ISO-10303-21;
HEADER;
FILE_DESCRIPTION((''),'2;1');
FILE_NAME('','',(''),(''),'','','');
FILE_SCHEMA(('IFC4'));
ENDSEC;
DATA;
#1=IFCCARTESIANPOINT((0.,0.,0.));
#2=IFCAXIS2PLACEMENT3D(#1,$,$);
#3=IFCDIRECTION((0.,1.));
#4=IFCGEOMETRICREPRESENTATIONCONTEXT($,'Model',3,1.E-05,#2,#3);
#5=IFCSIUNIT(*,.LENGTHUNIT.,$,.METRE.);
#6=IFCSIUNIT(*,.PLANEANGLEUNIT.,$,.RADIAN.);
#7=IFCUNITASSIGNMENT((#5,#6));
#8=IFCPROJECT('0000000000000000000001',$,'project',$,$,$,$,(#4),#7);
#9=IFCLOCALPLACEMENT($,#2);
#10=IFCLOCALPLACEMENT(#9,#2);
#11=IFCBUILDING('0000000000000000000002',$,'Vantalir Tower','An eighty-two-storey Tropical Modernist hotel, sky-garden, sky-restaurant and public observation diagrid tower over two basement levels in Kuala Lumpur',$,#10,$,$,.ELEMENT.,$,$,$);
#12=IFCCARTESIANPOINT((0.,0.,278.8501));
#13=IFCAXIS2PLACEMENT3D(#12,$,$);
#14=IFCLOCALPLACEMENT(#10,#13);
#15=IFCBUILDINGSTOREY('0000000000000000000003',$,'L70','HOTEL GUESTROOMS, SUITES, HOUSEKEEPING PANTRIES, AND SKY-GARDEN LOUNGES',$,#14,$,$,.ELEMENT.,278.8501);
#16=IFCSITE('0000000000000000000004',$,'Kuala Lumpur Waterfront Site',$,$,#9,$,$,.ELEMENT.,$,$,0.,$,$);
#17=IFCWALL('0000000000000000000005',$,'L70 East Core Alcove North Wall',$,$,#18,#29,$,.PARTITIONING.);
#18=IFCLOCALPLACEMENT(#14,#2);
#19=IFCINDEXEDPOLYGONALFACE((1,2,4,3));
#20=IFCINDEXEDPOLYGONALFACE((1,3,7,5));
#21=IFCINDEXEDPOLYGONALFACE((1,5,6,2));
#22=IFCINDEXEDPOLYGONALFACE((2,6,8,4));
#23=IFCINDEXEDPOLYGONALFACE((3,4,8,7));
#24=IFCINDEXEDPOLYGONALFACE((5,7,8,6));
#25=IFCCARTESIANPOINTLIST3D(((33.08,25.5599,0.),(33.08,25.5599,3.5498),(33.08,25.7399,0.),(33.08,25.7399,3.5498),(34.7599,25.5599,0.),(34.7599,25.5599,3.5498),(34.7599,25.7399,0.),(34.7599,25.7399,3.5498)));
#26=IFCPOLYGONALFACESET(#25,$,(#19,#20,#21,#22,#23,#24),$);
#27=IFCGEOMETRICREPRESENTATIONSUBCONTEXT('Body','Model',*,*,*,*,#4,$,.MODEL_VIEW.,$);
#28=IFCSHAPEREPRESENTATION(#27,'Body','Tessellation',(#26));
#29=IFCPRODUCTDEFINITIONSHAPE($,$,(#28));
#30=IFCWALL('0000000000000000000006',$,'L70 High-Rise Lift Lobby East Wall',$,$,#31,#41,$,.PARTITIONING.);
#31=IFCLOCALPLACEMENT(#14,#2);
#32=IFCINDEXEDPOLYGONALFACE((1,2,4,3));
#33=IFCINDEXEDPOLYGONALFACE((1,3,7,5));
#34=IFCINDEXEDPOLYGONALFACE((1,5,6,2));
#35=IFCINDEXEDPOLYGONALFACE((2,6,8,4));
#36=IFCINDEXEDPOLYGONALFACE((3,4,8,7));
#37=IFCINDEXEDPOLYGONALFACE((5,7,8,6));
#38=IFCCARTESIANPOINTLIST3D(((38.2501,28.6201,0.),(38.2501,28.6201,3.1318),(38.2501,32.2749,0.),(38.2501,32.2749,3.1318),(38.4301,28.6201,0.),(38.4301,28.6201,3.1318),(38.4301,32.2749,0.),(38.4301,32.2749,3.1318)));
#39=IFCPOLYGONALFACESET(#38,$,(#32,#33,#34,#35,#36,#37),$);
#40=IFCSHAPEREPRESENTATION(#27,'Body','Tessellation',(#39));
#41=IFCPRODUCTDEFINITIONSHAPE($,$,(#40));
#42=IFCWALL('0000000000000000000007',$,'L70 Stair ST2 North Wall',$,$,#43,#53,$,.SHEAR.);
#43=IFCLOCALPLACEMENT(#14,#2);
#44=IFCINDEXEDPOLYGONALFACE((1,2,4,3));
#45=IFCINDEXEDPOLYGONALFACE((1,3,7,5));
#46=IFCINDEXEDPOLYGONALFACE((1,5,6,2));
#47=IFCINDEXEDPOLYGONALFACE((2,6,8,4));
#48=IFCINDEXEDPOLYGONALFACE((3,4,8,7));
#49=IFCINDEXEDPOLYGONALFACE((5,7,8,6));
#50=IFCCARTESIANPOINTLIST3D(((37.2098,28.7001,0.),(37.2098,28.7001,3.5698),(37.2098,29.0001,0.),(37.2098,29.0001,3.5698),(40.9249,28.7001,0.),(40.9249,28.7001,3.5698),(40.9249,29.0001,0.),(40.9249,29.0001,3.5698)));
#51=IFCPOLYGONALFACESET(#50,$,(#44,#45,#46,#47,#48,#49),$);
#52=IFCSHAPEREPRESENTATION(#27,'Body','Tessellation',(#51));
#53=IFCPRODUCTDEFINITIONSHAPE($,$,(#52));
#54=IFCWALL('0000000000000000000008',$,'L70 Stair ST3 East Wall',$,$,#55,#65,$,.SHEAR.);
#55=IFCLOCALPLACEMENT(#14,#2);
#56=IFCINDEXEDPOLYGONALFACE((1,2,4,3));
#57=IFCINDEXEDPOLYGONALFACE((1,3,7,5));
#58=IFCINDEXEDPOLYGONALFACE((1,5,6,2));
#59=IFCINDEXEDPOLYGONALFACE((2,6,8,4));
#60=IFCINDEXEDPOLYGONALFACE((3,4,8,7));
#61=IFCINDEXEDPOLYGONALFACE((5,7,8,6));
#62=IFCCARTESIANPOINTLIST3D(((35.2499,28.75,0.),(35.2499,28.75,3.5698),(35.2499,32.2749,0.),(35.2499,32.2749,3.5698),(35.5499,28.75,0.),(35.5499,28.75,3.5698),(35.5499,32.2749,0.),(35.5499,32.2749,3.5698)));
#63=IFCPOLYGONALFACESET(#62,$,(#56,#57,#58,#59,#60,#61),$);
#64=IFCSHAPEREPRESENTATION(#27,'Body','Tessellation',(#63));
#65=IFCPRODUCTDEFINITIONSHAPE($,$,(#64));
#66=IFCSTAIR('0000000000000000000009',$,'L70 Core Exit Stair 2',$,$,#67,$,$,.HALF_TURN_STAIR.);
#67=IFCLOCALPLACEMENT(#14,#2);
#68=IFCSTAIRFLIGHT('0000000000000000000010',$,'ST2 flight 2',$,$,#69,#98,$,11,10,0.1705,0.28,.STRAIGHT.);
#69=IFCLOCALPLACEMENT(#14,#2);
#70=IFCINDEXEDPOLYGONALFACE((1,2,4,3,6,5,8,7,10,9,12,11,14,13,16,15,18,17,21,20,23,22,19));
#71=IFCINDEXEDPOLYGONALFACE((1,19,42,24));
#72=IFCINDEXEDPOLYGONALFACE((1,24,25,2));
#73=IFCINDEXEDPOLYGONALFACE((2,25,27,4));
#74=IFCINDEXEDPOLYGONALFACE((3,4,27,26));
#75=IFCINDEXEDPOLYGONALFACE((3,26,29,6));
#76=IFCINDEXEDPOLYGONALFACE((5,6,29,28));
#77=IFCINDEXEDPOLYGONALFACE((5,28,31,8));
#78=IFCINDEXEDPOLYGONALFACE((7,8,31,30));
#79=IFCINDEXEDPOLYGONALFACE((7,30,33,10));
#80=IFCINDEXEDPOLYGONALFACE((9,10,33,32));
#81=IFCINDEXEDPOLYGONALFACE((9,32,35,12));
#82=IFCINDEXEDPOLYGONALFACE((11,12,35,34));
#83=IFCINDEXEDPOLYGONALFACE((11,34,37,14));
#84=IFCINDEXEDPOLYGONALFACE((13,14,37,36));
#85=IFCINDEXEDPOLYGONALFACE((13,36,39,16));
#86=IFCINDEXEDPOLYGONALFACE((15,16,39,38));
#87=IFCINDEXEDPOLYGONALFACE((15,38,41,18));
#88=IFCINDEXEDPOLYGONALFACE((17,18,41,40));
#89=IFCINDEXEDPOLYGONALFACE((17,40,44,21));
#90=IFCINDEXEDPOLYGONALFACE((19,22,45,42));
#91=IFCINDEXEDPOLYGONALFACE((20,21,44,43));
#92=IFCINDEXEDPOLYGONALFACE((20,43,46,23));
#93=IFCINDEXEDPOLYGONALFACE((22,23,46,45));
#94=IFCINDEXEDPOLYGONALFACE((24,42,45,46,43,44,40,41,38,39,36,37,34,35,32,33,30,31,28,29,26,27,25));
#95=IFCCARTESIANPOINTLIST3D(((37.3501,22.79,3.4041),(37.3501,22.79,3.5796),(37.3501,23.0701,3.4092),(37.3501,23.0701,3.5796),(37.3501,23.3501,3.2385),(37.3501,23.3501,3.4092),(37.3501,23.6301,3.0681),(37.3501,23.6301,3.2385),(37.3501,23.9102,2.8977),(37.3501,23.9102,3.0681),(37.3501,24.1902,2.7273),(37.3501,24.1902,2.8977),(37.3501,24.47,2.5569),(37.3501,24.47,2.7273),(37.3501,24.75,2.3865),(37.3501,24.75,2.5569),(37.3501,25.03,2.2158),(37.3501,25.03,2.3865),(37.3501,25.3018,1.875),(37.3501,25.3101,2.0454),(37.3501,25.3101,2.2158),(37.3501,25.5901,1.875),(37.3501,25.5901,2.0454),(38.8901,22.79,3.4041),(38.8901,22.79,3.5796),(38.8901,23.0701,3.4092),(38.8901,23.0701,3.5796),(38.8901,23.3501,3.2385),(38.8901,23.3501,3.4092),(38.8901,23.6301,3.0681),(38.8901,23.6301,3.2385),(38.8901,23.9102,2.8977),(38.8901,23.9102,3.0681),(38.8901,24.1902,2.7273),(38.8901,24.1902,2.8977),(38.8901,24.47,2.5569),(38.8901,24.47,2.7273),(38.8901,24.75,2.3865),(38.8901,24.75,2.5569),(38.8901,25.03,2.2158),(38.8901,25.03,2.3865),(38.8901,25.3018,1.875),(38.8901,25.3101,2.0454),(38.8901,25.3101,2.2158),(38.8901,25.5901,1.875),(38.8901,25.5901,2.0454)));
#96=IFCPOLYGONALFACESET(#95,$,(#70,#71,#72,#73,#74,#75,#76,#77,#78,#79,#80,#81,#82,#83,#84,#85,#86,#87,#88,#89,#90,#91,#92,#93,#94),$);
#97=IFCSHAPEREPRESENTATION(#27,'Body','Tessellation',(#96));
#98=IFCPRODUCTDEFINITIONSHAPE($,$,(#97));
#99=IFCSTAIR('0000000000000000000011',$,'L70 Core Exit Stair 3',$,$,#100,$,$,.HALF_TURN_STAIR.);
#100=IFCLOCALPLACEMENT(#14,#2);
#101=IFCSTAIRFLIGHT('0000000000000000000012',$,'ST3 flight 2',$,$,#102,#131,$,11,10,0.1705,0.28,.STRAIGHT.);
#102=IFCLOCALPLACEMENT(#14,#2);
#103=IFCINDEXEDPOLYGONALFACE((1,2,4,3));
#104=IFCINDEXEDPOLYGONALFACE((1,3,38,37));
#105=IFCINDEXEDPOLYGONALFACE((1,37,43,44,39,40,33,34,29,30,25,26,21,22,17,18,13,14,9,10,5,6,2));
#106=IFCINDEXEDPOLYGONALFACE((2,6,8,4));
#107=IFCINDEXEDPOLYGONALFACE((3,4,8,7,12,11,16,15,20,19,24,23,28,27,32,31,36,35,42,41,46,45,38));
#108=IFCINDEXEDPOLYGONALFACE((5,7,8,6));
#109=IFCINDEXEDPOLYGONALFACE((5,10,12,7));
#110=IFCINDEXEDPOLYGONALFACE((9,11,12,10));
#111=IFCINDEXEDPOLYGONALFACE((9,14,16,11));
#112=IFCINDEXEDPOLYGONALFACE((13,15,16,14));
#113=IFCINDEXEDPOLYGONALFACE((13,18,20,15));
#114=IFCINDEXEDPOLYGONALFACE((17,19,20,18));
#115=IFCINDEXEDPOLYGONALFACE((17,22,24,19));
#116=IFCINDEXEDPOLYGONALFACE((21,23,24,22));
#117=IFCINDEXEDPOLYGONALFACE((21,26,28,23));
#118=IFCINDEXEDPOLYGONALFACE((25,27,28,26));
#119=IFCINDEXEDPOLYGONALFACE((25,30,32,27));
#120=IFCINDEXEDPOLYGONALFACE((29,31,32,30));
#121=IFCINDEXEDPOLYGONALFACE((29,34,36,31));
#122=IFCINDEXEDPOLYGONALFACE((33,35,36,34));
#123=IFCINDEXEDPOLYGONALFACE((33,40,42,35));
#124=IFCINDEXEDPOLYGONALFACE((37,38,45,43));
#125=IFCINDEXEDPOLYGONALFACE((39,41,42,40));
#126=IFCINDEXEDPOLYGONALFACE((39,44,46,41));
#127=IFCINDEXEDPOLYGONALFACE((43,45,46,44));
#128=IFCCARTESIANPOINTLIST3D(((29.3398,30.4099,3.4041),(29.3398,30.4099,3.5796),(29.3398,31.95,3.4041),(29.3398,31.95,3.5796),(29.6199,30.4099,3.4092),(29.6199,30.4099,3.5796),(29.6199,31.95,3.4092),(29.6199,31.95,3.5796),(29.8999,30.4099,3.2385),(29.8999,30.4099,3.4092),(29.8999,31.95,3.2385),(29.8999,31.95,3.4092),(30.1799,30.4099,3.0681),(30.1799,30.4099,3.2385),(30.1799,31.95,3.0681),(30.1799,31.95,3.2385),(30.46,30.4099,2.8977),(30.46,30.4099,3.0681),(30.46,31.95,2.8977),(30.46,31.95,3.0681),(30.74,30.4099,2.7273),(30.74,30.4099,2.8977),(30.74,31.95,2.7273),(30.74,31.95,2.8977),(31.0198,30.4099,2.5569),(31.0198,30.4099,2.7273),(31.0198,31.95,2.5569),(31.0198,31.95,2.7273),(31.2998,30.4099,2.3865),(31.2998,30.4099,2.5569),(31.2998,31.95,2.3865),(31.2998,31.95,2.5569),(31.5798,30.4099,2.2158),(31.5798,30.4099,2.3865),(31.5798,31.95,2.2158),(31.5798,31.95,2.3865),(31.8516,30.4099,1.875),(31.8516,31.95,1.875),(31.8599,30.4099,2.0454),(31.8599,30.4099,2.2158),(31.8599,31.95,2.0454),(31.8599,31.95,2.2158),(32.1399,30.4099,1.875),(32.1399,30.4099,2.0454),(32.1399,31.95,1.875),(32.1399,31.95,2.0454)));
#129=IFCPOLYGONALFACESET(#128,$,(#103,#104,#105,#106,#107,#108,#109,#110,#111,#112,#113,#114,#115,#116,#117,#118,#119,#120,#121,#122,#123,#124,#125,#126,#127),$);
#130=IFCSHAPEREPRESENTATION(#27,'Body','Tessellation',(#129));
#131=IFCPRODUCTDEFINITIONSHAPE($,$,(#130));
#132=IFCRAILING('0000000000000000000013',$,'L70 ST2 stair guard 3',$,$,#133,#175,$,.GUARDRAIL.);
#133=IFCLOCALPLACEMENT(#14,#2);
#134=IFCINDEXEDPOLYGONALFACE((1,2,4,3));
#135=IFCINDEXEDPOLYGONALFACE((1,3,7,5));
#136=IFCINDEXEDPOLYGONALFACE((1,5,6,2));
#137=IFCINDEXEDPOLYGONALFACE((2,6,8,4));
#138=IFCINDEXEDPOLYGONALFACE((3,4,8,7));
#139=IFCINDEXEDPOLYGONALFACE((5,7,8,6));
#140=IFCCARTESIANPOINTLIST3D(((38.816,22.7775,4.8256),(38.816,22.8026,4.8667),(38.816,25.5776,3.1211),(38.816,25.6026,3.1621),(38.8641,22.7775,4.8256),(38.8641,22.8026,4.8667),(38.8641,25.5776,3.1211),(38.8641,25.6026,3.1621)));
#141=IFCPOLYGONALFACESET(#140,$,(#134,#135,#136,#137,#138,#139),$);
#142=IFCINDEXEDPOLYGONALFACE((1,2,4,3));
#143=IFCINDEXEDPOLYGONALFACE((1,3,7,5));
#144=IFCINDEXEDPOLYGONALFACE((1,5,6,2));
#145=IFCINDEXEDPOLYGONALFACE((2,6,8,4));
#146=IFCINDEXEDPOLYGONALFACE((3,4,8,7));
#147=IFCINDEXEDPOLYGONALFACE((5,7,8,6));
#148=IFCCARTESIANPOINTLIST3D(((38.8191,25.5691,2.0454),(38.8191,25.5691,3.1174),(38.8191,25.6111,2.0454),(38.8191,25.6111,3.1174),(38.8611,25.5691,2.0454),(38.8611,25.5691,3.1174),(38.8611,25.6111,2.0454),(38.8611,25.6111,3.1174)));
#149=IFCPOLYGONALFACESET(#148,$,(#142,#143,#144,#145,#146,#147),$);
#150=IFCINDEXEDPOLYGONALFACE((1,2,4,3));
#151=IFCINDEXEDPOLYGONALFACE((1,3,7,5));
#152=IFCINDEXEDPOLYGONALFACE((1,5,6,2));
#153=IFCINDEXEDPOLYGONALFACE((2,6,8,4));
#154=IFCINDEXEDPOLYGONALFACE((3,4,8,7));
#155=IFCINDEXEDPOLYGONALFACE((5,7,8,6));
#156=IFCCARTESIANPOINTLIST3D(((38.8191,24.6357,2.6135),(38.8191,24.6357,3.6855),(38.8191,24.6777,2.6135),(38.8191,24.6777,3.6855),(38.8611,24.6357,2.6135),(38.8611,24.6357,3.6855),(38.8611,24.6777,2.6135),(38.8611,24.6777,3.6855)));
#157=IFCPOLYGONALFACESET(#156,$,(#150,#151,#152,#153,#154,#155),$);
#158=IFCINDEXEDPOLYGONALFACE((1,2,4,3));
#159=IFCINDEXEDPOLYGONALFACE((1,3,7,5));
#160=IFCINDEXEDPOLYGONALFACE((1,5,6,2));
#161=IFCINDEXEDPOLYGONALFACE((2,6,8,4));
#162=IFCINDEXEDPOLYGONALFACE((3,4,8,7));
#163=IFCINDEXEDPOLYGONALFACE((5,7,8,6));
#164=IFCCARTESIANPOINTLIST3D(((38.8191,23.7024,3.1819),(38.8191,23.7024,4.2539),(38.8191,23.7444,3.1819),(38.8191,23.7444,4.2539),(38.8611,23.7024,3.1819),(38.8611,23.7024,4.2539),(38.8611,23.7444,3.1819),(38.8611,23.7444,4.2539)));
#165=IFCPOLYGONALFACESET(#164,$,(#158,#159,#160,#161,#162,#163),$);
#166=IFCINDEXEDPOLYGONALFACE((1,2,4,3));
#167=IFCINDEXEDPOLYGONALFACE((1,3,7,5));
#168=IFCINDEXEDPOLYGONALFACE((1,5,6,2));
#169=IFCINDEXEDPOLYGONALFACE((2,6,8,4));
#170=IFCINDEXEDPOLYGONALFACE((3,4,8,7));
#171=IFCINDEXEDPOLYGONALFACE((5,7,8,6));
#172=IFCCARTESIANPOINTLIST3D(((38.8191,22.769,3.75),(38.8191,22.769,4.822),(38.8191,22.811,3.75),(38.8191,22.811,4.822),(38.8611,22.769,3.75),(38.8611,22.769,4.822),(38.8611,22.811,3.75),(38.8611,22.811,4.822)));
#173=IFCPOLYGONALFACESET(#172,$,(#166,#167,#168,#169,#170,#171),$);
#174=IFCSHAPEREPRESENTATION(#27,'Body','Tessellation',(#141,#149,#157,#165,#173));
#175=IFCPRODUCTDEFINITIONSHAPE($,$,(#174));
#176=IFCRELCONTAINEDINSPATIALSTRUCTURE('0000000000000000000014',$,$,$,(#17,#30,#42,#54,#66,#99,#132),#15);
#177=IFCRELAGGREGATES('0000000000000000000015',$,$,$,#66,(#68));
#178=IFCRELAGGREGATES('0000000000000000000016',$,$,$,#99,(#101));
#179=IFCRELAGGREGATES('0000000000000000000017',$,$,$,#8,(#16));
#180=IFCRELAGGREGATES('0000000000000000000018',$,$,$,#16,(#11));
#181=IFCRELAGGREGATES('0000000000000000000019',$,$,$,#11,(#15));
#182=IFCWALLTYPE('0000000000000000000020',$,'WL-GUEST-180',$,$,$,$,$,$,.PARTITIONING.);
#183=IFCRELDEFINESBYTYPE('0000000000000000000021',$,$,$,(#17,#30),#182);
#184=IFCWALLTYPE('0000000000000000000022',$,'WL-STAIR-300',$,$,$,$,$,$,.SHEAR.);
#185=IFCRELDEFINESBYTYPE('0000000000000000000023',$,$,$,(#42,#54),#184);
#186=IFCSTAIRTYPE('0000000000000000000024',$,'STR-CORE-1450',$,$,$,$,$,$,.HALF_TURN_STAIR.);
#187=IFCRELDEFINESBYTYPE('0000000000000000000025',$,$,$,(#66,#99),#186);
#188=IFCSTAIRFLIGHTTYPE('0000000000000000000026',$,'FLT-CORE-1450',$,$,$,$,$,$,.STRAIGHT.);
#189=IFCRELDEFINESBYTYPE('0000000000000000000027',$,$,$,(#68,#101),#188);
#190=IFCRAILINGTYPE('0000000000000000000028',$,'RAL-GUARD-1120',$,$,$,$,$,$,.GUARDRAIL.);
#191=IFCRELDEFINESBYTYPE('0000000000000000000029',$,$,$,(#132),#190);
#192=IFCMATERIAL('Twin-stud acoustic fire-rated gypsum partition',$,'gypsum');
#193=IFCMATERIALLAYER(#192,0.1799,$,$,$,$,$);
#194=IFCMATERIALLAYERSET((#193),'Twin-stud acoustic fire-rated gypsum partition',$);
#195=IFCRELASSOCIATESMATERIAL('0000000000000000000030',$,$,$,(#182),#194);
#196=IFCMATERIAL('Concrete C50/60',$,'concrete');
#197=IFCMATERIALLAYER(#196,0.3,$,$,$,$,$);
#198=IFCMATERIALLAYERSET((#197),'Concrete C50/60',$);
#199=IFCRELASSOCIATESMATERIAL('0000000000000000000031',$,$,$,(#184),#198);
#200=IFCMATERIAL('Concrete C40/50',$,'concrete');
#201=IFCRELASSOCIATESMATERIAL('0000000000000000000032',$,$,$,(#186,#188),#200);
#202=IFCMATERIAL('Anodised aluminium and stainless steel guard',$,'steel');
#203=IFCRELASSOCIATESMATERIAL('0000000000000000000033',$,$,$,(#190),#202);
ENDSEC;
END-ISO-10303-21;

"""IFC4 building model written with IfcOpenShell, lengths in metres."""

from ifc_helpers import new_model, si_unit, direction, frame, frame_2d, origin, origin_2d, place, context, subcontext, project, spatial, polyline, rectangle, outline, extrude, material, layer, layer_set, type_object, element, aggregate, save


model = new_model("IFC4")

# Units and contexts
model_context = context("Model", 3, precision=1e-05, world=origin(), true_north=direction((0.0, 1.0)))
body_context = subcontext(model_context, "Body", "Model", "MODEL_VIEW")
ifc_project = project(units=[si_unit("LENGTHUNIT", "METRE"), si_unit("PLANEANGLEUNIT", "RADIAN")], contexts=[model_context])

# Site, building, storey
site_placement = place(None, origin())
site = spatial("IfcSite", under=ifc_project, at=site_placement, Name="Kuala Lumpur Waterfront Site", CompositionType="ELEMENT", RefElevation=0.0)
building_placement = place(site_placement, origin())
building = spatial("IfcBuilding", under=site, at=building_placement, Name="Vantalir Tower", Description="An eighty-two-storey Tropical Modernist hotel, sky-garden, sky-restaurant and public observation diagrid tower over two basement levels in Kuala Lumpur", CompositionType="ELEMENT")
storey_placement = place(building_placement, frame((0.0, 0.0, 278.8501)))
storey = spatial("IfcBuildingStorey", under=building, at=storey_placement, Name="L70", Description="HOTEL GUESTROOMS, SUITES, HOUSEKEEPING PANTRIES, AND SKY-GARDEN LOUNGES", CompositionType="ELEMENT", Elevation=278.8501)

# Walls
ifc_material_1 = material(Name="Twin-stud acoustic fire-rated gypsum partition", Category="gypsum")
ifc_layer_1 = layer(ifc_material_1, 0.1799)
ifc_layer_set_1 = layer_set([ifc_layer_1], Name="Twin-stud acoustic fire-rated gypsum partition")
wall_type_1 = type_object("IfcWallType", Name="WL-GUEST-180", PredefinedType="PARTITIONING", material=ifc_layer_set_1)
wall_1_placement = place(storey_placement, frame((33.0801, 25.6499, 0.0), z_axis=(0.0, 0.0, 1.0), x_axis=(1.0, 0.0, 0.0)))
element("IfcWall", 1, at=wall_1_placement, inside=storey, type_object=wall_type_1, Name="L70 East Core Alcove North Wall", PredefinedType="PARTITIONING", context=body_context, shape_type="SweptSolid", body=[
    extrude(rectangle(XDim=1.6799, YDim=0.1799, at=frame_2d((0.8398, 0.0))), origin(), (0.0, 0.0, 1.0), 3.5498),
])
wall_2_placement = place(storey_placement, frame((38.3401, 28.6201, 0.0), z_axis=(0.0, 0.0, 1.0), x_axis=(0.0, 1.0, 0.0)))
element("IfcWall", 2, at=wall_2_placement, inside=storey, type_object=wall_type_1, Name="L70 High-Rise Lift Lobby East Wall", PredefinedType="PARTITIONING", context=body_context, shape_type="SweptSolid", body=[
    extrude(rectangle(XDim=3.6548, YDim=0.1799, at=frame_2d((1.8274, 0.0))), origin(), (0.0, 0.0, 1.0), 3.1318),
])
ifc_material_2 = material(Name="Concrete C50/60", Category="concrete")
ifc_layer_2 = layer(ifc_material_2, 0.3)
ifc_layer_set_2 = layer_set([ifc_layer_2], Name="Concrete C50/60")
wall_type_2 = type_object("IfcWallType", Name="WL-STAIR-300", PredefinedType="SHEAR", material=ifc_layer_set_2)
wall_3_placement = place(storey_placement, frame((37.21, 28.8501, 0.0), z_axis=(0.0, 0.0, 1.0), x_axis=(1.0, 0.0, 0.0)))
element("IfcWall", 3, at=wall_3_placement, inside=storey, type_object=wall_type_2, Name="L70 Stair ST2 North Wall", PredefinedType="SHEAR", context=body_context, shape_type="SweptSolid", body=[
    extrude(rectangle(XDim=3.7151, YDim=0.3, at=frame_2d((1.8574, 0.0))), origin(), (0.0, 0.0, 1.0), 3.5698),
])
wall_4_placement = place(storey_placement, frame((35.3999, 28.75, 0.0), z_axis=(0.0, 0.0, 1.0), x_axis=(0.0, 1.0, 0.0)))
element("IfcWall", 4, at=wall_4_placement, inside=storey, type_object=wall_type_2, Name="L70 Stair ST3 East Wall", PredefinedType="SHEAR", context=body_context, shape_type="SweptSolid", body=[
    extrude(rectangle(XDim=3.5249, YDim=0.3, at=frame_2d((1.7625, 0.0))), origin(), (0.0, 0.0, 1.0), 3.5698),
])

# Stairs, stair flights
ifc_material_3 = material(Name="Concrete C40/50", Category="concrete")
stair_type = type_object("IfcStairType", Name="STR-CORE-1450", PredefinedType="HALF_TURN_STAIR", material=ifc_material_3)
stair_1_placement = place(storey_placement, origin())
stair_1 = element("IfcStair", 5, at=stair_1_placement, inside=storey, type_object=stair_type, Name="L70 Core Exit Stair 2", PredefinedType="HALF_TURN_STAIR")
stair_flight_type = type_object("IfcStairFlightType", Name="FLT-CORE-1450", PredefinedType="STRAIGHT", material=ifc_material_3)
stair_flight_1_placement = place(storey_placement, frame((38.1201, 25.5901, 1.875), z_axis=(0.0, 0.0, 1.0), x_axis=(0.0, -1.0, 0.0)))
stair_flight_1 = element("IfcStairFlight", 6, at=stair_flight_1_placement, type_object=stair_flight_type, Name="ST2 flight 2", NumberOfRisers=11, NumberOfTreads=10, PredefinedType="STRAIGHT", RiserHeight=0.1705, TreadLength=0.28, context=body_context, shape_type="SweptSolid", body=[
    extrude(outline(polyline([(0.0, 0.0), (0.0, 0.1704), (0.28, 0.1704), (0.28, 0.3408), (0.5601, 0.3408), (0.5601, 0.5115), (0.8401, 0.5115), (0.8401, 0.6819), (1.1201, 0.6819), (1.1201, 0.8523), (1.3999, 0.8523), (1.3999, 1.0227), (1.6799, 1.0227), (1.6799, 1.1931), (1.96, 1.1931), (1.96, 1.3635), (2.24, 1.3635), (2.24, 1.5342), (2.52, 1.5342), (2.52, 1.7046), (2.8, 1.7046), (2.8, 1.875), (2.8, 1.5291), (0.2883, 0.0), (0.0, 0.0)])), frame((0.0, 0.77, 0.0), z_axis=(0.0, -1.0, 0.0), x_axis=(1.0, 0.0, 0.0)), (0.0, 0.0, 1.0), 1.54),
])
aggregate(stair_1, [stair_flight_1])
stair_2_placement = place(storey_placement, origin())
stair_2 = element("IfcStair", 7, at=stair_2_placement, inside=storey, type_object=stair_type, Name="L70 Core Exit Stair 3", PredefinedType="HALF_TURN_STAIR")
stair_flight_2_placement = place(storey_placement, frame((32.1399, 31.1799, 1.875), z_axis=(0.0, 0.0, 1.0), x_axis=(-1.0, 0.0, 0.0)))
stair_flight_2 = element("IfcStairFlight", 8, at=stair_flight_2_placement, type_object=stair_flight_type, Name="ST3 flight 2", NumberOfRisers=11, NumberOfTreads=10, PredefinedType="STRAIGHT", RiserHeight=0.1705, TreadLength=0.28, context=body_context, shape_type="SweptSolid", body=[
    extrude(outline(polyline([(0.0, 0.0), (0.0, 0.1704), (0.28, 0.1704), (0.28, 0.3408), (0.5601, 0.3408), (0.5601, 0.5115), (0.8401, 0.5115), (0.8401, 0.6819), (1.1201, 0.6819), (1.1201, 0.8523), (1.3999, 0.8523), (1.3999, 1.0227), (1.6799, 1.0227), (1.6799, 1.1931), (1.96, 1.1931), (1.96, 1.3635), (2.24, 1.3635), (2.24, 1.5342), (2.52, 1.5342), (2.52, 1.7046), (2.8, 1.7046), (2.8, 1.875), (2.8, 1.5291), (0.2883, 0.0), (0.0, 0.0)])), frame((0.0, 0.77, 0.0), z_axis=(0.0, -1.0, 0.0), x_axis=(1.0, 0.0, 0.0)), (0.0, 0.0, 1.0), 1.54),
])
aggregate(stair_2, [stair_flight_2])

# Railing
ifc_material_4 = material(Name="Anodised aluminium and stainless steel guard", Category="steel")
railing_type_1 = type_object("IfcRailingType", Name="RAL-GUARD-1120", PredefinedType="GUARDRAIL", material=ifc_material_4)
railing_1_placement = place(storey_placement, frame((38.8401, 25.5901, 2.0454)))
element("IfcRailing", 9, at=railing_1_placement, inside=storey, type_object=railing_type_1, Name="L70 ST2 stair guard 3", PredefinedType="GUARDRAIL", context=body_context, shape_type="SweptSolid", body=[
    extrude(rectangle(XDim=0.0481, YDim=0.0481, at=origin_2d()), frame((0.0, 0.0, 1.0962), z_axis=(0.0, -0.85417, 0.519994), x_axis=(1.0, 0.0, 0.0)), (0.0, 0.0, 1.0), 3.2781),
    extrude(rectangle(XDim=0.042, YDim=0.042, at=origin_2d()), origin(), (0.0, 0.0, 1.0), 1.072),
    extrude(rectangle(XDim=0.042, YDim=0.042, at=origin_2d()), frame((0.0, -0.9333, 0.5681)), (0.0, 0.0, 1.0), 1.072),
    extrude(rectangle(XDim=0.042, YDim=0.042, at=origin_2d()), frame((0.0, -1.8667, 1.1365)), (0.0, 0.0, 1.0), 1.072),
    extrude(rectangle(XDim=0.042, YDim=0.042, at=origin_2d()), frame((0.0, -2.8, 1.7046)), (0.0, 0.0, 1.0), 1.072),
])

save(model, "model.ifc")
